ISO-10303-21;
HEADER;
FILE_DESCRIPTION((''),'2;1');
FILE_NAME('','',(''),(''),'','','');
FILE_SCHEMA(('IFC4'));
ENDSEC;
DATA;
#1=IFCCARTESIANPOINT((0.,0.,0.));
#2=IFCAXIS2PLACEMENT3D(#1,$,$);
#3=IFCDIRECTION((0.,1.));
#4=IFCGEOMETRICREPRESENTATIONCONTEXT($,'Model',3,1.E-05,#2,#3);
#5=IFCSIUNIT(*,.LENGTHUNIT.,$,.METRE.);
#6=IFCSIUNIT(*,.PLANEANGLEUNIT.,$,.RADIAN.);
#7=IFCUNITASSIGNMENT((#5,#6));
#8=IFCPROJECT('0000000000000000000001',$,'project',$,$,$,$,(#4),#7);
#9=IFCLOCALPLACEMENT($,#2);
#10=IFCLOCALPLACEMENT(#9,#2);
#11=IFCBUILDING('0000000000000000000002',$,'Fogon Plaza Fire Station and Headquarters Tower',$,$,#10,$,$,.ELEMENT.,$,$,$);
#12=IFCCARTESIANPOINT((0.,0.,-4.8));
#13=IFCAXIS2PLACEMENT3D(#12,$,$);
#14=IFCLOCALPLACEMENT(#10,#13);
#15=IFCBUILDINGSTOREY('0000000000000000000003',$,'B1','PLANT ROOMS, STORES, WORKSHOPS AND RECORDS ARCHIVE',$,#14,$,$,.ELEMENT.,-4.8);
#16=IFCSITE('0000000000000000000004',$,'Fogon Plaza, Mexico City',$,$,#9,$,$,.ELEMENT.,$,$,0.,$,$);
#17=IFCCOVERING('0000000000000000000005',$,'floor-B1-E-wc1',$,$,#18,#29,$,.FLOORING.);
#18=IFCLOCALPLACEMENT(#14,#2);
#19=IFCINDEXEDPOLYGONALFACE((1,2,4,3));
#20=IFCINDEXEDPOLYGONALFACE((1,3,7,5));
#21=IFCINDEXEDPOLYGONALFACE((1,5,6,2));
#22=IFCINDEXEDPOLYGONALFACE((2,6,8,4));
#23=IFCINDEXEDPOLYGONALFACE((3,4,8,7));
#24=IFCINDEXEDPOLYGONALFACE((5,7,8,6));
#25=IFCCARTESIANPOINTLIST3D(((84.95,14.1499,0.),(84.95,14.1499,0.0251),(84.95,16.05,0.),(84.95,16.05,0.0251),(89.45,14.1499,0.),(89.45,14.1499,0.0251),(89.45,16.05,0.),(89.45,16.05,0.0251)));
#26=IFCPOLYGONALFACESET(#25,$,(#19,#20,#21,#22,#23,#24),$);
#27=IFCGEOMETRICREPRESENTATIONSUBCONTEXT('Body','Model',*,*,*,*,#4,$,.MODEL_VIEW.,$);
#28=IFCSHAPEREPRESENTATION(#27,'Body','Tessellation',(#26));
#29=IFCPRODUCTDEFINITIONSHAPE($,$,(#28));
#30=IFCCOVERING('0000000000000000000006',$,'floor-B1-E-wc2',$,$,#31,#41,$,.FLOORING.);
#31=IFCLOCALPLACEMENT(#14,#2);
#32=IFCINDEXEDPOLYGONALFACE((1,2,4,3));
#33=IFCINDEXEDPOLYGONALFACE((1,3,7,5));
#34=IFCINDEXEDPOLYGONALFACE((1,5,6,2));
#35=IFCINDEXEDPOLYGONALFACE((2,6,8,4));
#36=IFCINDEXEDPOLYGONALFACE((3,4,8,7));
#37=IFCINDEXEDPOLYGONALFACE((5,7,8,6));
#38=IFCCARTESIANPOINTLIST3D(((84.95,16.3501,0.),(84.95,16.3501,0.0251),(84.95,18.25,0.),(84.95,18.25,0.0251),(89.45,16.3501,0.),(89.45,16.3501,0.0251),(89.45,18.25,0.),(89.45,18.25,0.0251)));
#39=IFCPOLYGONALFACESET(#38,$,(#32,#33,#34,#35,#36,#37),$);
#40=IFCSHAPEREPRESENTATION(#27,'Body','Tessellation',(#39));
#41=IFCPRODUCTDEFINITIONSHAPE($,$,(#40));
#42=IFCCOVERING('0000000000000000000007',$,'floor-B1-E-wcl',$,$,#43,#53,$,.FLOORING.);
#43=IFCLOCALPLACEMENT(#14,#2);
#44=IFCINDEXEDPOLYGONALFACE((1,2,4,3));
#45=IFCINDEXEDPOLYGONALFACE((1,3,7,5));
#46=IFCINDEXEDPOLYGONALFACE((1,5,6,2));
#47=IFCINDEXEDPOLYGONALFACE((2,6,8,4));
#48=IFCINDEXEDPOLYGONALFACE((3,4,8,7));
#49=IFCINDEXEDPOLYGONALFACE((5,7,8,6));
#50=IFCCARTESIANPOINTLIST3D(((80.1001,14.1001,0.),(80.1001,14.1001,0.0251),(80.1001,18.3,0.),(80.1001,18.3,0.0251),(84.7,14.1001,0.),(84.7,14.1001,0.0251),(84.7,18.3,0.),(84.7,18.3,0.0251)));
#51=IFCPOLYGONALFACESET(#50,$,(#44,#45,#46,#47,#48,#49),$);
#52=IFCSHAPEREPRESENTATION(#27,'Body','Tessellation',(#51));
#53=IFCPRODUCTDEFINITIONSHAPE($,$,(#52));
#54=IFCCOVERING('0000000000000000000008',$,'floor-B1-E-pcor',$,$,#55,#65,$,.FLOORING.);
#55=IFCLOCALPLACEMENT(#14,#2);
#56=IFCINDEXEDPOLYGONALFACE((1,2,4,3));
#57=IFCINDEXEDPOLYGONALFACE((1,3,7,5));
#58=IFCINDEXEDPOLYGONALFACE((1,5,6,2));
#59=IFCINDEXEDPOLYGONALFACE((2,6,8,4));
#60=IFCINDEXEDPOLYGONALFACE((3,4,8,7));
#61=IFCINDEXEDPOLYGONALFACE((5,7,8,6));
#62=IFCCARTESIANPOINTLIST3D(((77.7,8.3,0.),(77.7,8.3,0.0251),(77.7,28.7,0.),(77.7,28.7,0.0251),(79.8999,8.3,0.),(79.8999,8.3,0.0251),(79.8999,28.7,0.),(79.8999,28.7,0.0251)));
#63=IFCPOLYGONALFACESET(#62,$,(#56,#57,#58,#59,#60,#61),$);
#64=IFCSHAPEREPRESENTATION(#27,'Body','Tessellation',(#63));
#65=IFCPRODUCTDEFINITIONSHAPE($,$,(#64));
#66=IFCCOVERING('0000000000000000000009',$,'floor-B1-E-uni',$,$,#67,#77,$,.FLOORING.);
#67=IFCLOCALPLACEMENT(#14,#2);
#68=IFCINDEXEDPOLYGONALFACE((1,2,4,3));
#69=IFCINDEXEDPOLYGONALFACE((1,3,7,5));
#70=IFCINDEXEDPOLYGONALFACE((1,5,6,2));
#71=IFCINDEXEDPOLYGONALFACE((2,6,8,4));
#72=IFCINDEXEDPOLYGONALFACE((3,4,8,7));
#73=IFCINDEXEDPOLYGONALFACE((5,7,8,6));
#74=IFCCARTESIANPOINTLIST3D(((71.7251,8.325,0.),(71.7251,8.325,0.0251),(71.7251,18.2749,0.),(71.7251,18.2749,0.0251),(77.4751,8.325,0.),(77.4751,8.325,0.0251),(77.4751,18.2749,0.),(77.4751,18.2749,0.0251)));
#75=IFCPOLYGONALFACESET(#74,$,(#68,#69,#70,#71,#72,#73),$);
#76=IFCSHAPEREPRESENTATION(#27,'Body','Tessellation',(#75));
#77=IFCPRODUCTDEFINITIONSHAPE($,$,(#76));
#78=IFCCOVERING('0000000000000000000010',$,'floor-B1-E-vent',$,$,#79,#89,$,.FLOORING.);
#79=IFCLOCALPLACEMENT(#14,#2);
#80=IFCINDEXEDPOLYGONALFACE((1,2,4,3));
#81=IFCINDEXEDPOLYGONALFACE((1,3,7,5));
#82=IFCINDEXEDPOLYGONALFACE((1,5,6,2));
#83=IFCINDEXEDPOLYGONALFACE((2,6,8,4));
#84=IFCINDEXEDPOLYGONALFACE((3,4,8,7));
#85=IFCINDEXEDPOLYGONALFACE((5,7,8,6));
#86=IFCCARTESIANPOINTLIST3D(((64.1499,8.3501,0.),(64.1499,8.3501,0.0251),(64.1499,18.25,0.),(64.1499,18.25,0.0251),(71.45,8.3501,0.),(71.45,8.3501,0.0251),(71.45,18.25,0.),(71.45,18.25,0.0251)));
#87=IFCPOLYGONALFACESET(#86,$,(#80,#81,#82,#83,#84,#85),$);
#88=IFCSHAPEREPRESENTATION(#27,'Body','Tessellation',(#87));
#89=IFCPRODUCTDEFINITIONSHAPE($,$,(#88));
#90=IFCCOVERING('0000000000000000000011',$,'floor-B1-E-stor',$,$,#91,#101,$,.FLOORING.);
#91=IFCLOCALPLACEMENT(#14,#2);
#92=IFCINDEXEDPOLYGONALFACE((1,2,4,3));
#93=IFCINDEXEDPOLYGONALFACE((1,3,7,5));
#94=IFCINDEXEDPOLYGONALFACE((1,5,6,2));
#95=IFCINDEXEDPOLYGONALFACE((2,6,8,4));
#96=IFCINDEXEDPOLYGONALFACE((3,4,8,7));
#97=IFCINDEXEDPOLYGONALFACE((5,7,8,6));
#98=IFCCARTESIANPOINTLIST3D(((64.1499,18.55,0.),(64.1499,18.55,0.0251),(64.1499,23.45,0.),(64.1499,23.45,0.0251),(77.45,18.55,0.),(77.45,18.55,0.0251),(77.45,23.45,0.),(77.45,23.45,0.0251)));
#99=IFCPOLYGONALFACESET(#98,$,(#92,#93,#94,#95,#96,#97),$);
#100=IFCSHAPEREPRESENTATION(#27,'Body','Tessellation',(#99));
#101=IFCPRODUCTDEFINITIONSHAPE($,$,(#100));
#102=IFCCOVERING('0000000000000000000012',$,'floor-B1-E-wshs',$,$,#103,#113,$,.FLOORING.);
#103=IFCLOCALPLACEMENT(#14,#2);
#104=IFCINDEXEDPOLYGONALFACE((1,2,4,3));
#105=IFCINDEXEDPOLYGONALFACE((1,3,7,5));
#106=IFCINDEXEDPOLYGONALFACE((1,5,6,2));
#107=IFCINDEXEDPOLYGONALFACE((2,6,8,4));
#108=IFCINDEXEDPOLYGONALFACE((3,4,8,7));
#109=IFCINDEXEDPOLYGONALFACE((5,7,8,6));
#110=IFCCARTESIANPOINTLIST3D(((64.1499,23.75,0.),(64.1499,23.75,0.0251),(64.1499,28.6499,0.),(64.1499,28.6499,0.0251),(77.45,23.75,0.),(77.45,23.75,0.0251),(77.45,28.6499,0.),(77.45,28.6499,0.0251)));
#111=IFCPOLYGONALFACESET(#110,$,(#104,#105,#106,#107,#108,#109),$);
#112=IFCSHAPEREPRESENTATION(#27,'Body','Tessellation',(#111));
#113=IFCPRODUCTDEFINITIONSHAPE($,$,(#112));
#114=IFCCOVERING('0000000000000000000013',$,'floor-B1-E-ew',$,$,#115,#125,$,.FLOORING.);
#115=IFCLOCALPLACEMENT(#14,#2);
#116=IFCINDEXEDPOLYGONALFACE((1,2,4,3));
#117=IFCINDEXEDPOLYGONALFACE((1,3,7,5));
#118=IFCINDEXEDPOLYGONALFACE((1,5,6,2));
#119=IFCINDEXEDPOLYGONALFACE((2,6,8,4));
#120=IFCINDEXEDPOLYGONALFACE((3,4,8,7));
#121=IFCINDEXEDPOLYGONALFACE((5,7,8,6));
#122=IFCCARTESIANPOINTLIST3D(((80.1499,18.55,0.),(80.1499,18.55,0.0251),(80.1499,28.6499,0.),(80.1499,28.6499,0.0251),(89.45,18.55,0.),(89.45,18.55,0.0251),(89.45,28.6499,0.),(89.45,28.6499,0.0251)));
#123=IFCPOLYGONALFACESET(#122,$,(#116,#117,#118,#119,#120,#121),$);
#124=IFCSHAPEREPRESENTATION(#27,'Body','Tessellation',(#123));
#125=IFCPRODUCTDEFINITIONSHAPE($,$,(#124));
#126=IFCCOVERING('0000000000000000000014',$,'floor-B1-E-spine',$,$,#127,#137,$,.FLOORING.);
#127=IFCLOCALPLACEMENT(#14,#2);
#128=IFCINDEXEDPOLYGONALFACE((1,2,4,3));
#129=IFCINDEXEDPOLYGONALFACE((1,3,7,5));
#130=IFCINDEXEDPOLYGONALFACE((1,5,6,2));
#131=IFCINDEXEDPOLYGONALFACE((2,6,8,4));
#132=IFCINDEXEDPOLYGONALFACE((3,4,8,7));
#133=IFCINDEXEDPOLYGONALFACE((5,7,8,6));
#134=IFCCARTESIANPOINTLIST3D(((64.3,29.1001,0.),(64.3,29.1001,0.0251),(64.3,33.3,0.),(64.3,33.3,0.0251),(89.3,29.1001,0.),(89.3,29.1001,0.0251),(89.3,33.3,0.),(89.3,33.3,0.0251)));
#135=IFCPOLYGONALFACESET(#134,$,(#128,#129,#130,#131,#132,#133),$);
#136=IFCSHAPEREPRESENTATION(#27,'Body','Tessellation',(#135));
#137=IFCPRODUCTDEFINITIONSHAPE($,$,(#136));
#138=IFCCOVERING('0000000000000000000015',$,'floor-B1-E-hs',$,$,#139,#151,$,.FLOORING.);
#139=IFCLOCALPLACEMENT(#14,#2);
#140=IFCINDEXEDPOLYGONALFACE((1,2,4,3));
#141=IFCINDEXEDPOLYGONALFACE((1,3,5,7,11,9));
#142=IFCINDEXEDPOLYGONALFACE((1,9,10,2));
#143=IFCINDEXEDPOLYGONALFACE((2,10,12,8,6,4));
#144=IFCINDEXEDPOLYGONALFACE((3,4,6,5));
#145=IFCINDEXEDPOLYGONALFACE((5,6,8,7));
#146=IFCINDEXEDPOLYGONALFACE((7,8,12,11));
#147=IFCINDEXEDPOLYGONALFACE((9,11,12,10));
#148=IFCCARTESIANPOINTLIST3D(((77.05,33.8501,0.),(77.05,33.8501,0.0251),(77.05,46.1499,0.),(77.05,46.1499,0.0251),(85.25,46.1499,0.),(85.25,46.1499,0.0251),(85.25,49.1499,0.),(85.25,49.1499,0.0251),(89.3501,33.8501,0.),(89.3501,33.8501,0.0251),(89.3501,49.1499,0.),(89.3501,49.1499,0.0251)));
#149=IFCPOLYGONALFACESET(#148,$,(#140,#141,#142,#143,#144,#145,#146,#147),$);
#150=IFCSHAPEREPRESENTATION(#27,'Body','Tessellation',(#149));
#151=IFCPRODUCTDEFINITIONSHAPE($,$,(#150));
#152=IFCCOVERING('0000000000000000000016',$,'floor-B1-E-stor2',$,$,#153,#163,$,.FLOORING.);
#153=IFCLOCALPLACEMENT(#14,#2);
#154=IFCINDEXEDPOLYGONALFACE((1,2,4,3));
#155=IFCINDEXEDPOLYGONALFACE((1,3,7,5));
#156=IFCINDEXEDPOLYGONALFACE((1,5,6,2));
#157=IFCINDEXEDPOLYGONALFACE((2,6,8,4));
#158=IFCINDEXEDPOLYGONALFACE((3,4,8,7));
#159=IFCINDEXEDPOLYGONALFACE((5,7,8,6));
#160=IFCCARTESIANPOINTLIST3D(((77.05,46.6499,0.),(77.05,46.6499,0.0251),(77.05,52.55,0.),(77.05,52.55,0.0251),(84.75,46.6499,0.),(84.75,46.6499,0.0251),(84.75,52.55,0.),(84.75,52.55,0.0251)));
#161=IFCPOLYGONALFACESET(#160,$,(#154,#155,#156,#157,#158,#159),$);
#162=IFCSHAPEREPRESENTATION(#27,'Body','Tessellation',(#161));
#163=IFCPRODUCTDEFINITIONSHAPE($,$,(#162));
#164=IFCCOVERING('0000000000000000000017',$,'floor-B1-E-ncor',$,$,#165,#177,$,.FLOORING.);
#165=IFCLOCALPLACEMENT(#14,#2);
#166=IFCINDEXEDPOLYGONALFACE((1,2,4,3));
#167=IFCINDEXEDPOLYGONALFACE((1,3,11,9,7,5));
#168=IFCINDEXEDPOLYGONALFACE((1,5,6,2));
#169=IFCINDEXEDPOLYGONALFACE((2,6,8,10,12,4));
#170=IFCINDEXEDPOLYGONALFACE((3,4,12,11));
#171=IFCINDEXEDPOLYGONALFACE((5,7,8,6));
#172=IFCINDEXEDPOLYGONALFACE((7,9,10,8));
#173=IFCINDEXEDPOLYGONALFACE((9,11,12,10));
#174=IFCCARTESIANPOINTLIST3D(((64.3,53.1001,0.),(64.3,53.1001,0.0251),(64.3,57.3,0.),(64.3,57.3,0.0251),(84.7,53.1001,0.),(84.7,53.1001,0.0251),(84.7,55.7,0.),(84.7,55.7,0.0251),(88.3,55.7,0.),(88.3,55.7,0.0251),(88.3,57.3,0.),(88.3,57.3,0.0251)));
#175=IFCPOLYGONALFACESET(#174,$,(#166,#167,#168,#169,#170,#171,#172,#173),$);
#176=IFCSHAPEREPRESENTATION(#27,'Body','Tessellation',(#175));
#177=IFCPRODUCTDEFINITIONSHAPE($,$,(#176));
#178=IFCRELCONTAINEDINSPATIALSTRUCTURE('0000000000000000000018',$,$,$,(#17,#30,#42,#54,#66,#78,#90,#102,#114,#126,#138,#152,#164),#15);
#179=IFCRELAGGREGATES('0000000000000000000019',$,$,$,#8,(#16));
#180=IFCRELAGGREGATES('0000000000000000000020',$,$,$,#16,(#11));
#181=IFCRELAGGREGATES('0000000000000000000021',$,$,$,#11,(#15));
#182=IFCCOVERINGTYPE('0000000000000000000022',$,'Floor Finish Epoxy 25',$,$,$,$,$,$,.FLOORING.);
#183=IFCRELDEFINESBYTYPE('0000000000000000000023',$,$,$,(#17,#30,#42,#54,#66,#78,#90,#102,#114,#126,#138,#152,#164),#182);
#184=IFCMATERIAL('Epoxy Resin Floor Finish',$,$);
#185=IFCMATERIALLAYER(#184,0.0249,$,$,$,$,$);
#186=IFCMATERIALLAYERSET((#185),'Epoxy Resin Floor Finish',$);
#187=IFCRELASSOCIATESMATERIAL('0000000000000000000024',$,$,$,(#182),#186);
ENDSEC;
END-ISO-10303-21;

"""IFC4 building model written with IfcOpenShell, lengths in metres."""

from ifc_helpers import new_model, si_unit, direction, frame, origin, place, context, subcontext, project, spatial, polyline, outline, extrude, material, layer, layer_set, type_object, element, save


model = new_model("IFC4")

# Units and contexts
model_context = context("Model", 3, precision=1e-05, world=origin(), true_north=direction((0.0, 1.0)))
body_context = subcontext(model_context, "Body", "Model", "MODEL_VIEW")
ifc_project = project(units=[si_unit("LENGTHUNIT", "METRE"), si_unit("PLANEANGLEUNIT", "RADIAN")], contexts=[model_context])

# Site, building, storey
site_placement = place(None, origin())
site = spatial("IfcSite", under=ifc_project, at=site_placement, Name="Fogon Plaza, Mexico City", CompositionType="ELEMENT", RefElevation=0.0)
building_placement = place(site_placement, origin())
building = spatial("IfcBuilding", under=site, at=building_placement, Name="Fogon Plaza Fire Station and Headquarters Tower", CompositionType="ELEMENT")
storey_placement = place(building_placement, frame((0.0, 0.0, -4.8)))
storey = spatial("IfcBuildingStorey", under=building, at=storey_placement, Name="B1", Description="PLANT ROOMS, STORES, WORKSHOPS AND RECORDS ARCHIVE", CompositionType="ELEMENT", Elevation=-4.8)

# Coverings
ifc_material_1 = material(Name="Epoxy Resin Floor Finish")
ifc_layer_1 = layer(ifc_material_1, 0.0249)
ifc_layer_set_1 = layer_set([ifc_layer_1], Name="Epoxy Resin Floor Finish")
covering_type = type_object("IfcCoveringType", Name="Floor Finish Epoxy 25", PredefinedType="FLOORING", material=ifc_layer_set_1)
covering_1_placement = place(storey_placement, origin())
element("IfcCovering", 1, at=covering_1_placement, inside=storey, type_object=covering_type, Name="floor-B1-E-wc1", PredefinedType="FLOORING", context=body_context, shape_type="SweptSolid", body=[
    extrude(outline(polyline([(84.95, 14.1499), (84.95, 16.05), (89.45, 16.05), (89.45, 14.1499), (84.95, 14.1499)])), origin(), (0.0, 0.0, 1.0), 0.0251),
])
covering_2_placement = place(storey_placement, origin())
element("IfcCovering", 2, at=covering_2_placement, inside=storey, type_object=covering_type, Name="floor-B1-E-wc2", PredefinedType="FLOORING", context=body_context, shape_type="SweptSolid", body=[
    extrude(outline(polyline([(84.95, 16.3501), (84.95, 18.25), (89.45, 18.25), (89.45, 16.3501), (84.95, 16.3501)])), origin(), (0.0, 0.0, 1.0), 0.0251),
])
covering_3_placement = place(storey_placement, origin())
element("IfcCovering", 3, at=covering_3_placement, inside=storey, type_object=covering_type, Name="floor-B1-E-wcl", PredefinedType="FLOORING", context=body_context, shape_type="SweptSolid", body=[
    extrude(outline(polyline([(80.1001, 14.1001), (80.1001, 18.3), (84.7, 18.3), (84.7, 14.1001), (80.1001, 14.1001)])), origin(), (0.0, 0.0, 1.0), 0.0251),
])
covering_4_placement = place(storey_placement, origin())
element("IfcCovering", 4, at=covering_4_placement, inside=storey, type_object=covering_type, Name="floor-B1-E-pcor", PredefinedType="FLOORING", context=body_context, shape_type="SweptSolid", body=[
    extrude(outline(polyline([(77.7, 8.3), (77.7, 28.7), (79.8999, 28.7), (79.8999, 8.3), (77.7, 8.3)])), origin(), (0.0, 0.0, 1.0), 0.0251),
])
covering_5_placement = place(storey_placement, origin())
element("IfcCovering", 5, at=covering_5_placement, inside=storey, type_object=covering_type, Name="floor-B1-E-uni", PredefinedType="FLOORING", context=body_context, shape_type="SweptSolid", body=[
    extrude(outline(polyline([(71.7251, 8.325), (71.7251, 18.2749), (77.4751, 18.2749), (77.4751, 8.325), (71.7251, 8.325)])), origin(), (0.0, 0.0, 1.0), 0.0251),
])
covering_6_placement = place(storey_placement, origin())
element("IfcCovering", 6, at=covering_6_placement, inside=storey, type_object=covering_type, Name="floor-B1-E-vent", PredefinedType="FLOORING", context=body_context, shape_type="SweptSolid", body=[
    extrude(outline(polyline([(64.1499, 8.3501), (64.1499, 18.25), (71.45, 18.25), (71.45, 8.3501), (64.1499, 8.3501)])), origin(), (0.0, 0.0, 1.0), 0.0251),
])
covering_7_placement = place(storey_placement, origin())
element("IfcCovering", 7, at=covering_7_placement, inside=storey, type_object=covering_type, Name="floor-B1-E-stor", PredefinedType="FLOORING", context=body_context, shape_type="SweptSolid", body=[
    extrude(outline(polyline([(64.1499, 18.55), (64.1499, 23.45), (77.45, 23.45), (77.45, 18.55), (64.1499, 18.55)])), origin(), (0.0, 0.0, 1.0), 0.0251),
])
covering_8_placement = place(storey_placement, origin())
element("IfcCovering", 8, at=covering_8_placement, inside=storey, type_object=covering_type, Name="floor-B1-E-wshs", PredefinedType="FLOORING", context=body_context, shape_type="SweptSolid", body=[
    extrude(outline(polyline([(64.1499, 23.75), (64.1499, 28.6499), (77.45, 28.6499), (77.45, 23.75), (64.1499, 23.75)])), origin(), (0.0, 0.0, 1.0), 0.0251),
])
covering_9_placement = place(storey_placement, origin())
element("IfcCovering", 9, at=covering_9_placement, inside=storey, type_object=covering_type, Name="floor-B1-E-ew", PredefinedType="FLOORING", context=body_context, shape_type="SweptSolid", body=[
    extrude(outline(polyline([(80.1499, 18.55), (80.1499, 28.6499), (89.45, 28.6499), (89.45, 18.55), (80.1499, 18.55)])), origin(), (0.0, 0.0, 1.0), 0.0251),
])
covering_10_placement = place(storey_placement, origin())
element("IfcCovering", 10, at=covering_10_placement, inside=storey, type_object=covering_type, Name="floor-B1-E-spine", PredefinedType="FLOORING", context=body_context, shape_type="SweptSolid", body=[
    extrude(outline(polyline([(64.3, 29.1001), (64.3, 33.3), (89.3, 33.3), (89.3, 29.1001), (64.3, 29.1001)])), origin(), (0.0, 0.0, 1.0), 0.0251),
])
covering_11_placement = place(storey_placement, origin())
element("IfcCovering", 11, at=covering_11_placement, inside=storey, type_object=covering_type, Name="floor-B1-E-hs", PredefinedType="FLOORING", context=body_context, shape_type="SweptSolid", body=[
    extrude(outline(polyline([(77.05, 33.8501), (77.05, 46.1499), (85.25, 46.1499), (85.25, 49.1499), (89.3501, 49.1499), (89.3501, 33.8501), (77.05, 33.8501)])), origin(), (0.0, 0.0, 1.0), 0.0251),
])
covering_12_placement = place(storey_placement, origin())
element("IfcCovering", 12, at=covering_12_placement, inside=storey, type_object=covering_type, Name="floor-B1-E-stor2", PredefinedType="FLOORING", context=body_context, shape_type="SweptSolid", body=[
    extrude(outline(polyline([(77.05, 46.6499), (77.05, 52.55), (84.75, 52.55), (84.75, 46.6499), (77.05, 46.6499)])), origin(), (0.0, 0.0, 1.0), 0.0251),
])
covering_13_placement = place(storey_placement, origin())
element("IfcCovering", 13, at=covering_13_placement, inside=storey, type_object=covering_type, Name="floor-B1-E-ncor", PredefinedType="FLOORING", context=body_context, shape_type="SweptSolid", body=[
    extrude(outline(polyline([(64.3, 53.1001), (64.3, 57.3), (88.3, 57.3), (88.3, 55.7), (84.7, 55.7), (84.7, 53.1001), (64.3, 53.1001)])), origin(), (0.0, 0.0, 1.0), 0.0251),
])

save(model, "model.ifc")
